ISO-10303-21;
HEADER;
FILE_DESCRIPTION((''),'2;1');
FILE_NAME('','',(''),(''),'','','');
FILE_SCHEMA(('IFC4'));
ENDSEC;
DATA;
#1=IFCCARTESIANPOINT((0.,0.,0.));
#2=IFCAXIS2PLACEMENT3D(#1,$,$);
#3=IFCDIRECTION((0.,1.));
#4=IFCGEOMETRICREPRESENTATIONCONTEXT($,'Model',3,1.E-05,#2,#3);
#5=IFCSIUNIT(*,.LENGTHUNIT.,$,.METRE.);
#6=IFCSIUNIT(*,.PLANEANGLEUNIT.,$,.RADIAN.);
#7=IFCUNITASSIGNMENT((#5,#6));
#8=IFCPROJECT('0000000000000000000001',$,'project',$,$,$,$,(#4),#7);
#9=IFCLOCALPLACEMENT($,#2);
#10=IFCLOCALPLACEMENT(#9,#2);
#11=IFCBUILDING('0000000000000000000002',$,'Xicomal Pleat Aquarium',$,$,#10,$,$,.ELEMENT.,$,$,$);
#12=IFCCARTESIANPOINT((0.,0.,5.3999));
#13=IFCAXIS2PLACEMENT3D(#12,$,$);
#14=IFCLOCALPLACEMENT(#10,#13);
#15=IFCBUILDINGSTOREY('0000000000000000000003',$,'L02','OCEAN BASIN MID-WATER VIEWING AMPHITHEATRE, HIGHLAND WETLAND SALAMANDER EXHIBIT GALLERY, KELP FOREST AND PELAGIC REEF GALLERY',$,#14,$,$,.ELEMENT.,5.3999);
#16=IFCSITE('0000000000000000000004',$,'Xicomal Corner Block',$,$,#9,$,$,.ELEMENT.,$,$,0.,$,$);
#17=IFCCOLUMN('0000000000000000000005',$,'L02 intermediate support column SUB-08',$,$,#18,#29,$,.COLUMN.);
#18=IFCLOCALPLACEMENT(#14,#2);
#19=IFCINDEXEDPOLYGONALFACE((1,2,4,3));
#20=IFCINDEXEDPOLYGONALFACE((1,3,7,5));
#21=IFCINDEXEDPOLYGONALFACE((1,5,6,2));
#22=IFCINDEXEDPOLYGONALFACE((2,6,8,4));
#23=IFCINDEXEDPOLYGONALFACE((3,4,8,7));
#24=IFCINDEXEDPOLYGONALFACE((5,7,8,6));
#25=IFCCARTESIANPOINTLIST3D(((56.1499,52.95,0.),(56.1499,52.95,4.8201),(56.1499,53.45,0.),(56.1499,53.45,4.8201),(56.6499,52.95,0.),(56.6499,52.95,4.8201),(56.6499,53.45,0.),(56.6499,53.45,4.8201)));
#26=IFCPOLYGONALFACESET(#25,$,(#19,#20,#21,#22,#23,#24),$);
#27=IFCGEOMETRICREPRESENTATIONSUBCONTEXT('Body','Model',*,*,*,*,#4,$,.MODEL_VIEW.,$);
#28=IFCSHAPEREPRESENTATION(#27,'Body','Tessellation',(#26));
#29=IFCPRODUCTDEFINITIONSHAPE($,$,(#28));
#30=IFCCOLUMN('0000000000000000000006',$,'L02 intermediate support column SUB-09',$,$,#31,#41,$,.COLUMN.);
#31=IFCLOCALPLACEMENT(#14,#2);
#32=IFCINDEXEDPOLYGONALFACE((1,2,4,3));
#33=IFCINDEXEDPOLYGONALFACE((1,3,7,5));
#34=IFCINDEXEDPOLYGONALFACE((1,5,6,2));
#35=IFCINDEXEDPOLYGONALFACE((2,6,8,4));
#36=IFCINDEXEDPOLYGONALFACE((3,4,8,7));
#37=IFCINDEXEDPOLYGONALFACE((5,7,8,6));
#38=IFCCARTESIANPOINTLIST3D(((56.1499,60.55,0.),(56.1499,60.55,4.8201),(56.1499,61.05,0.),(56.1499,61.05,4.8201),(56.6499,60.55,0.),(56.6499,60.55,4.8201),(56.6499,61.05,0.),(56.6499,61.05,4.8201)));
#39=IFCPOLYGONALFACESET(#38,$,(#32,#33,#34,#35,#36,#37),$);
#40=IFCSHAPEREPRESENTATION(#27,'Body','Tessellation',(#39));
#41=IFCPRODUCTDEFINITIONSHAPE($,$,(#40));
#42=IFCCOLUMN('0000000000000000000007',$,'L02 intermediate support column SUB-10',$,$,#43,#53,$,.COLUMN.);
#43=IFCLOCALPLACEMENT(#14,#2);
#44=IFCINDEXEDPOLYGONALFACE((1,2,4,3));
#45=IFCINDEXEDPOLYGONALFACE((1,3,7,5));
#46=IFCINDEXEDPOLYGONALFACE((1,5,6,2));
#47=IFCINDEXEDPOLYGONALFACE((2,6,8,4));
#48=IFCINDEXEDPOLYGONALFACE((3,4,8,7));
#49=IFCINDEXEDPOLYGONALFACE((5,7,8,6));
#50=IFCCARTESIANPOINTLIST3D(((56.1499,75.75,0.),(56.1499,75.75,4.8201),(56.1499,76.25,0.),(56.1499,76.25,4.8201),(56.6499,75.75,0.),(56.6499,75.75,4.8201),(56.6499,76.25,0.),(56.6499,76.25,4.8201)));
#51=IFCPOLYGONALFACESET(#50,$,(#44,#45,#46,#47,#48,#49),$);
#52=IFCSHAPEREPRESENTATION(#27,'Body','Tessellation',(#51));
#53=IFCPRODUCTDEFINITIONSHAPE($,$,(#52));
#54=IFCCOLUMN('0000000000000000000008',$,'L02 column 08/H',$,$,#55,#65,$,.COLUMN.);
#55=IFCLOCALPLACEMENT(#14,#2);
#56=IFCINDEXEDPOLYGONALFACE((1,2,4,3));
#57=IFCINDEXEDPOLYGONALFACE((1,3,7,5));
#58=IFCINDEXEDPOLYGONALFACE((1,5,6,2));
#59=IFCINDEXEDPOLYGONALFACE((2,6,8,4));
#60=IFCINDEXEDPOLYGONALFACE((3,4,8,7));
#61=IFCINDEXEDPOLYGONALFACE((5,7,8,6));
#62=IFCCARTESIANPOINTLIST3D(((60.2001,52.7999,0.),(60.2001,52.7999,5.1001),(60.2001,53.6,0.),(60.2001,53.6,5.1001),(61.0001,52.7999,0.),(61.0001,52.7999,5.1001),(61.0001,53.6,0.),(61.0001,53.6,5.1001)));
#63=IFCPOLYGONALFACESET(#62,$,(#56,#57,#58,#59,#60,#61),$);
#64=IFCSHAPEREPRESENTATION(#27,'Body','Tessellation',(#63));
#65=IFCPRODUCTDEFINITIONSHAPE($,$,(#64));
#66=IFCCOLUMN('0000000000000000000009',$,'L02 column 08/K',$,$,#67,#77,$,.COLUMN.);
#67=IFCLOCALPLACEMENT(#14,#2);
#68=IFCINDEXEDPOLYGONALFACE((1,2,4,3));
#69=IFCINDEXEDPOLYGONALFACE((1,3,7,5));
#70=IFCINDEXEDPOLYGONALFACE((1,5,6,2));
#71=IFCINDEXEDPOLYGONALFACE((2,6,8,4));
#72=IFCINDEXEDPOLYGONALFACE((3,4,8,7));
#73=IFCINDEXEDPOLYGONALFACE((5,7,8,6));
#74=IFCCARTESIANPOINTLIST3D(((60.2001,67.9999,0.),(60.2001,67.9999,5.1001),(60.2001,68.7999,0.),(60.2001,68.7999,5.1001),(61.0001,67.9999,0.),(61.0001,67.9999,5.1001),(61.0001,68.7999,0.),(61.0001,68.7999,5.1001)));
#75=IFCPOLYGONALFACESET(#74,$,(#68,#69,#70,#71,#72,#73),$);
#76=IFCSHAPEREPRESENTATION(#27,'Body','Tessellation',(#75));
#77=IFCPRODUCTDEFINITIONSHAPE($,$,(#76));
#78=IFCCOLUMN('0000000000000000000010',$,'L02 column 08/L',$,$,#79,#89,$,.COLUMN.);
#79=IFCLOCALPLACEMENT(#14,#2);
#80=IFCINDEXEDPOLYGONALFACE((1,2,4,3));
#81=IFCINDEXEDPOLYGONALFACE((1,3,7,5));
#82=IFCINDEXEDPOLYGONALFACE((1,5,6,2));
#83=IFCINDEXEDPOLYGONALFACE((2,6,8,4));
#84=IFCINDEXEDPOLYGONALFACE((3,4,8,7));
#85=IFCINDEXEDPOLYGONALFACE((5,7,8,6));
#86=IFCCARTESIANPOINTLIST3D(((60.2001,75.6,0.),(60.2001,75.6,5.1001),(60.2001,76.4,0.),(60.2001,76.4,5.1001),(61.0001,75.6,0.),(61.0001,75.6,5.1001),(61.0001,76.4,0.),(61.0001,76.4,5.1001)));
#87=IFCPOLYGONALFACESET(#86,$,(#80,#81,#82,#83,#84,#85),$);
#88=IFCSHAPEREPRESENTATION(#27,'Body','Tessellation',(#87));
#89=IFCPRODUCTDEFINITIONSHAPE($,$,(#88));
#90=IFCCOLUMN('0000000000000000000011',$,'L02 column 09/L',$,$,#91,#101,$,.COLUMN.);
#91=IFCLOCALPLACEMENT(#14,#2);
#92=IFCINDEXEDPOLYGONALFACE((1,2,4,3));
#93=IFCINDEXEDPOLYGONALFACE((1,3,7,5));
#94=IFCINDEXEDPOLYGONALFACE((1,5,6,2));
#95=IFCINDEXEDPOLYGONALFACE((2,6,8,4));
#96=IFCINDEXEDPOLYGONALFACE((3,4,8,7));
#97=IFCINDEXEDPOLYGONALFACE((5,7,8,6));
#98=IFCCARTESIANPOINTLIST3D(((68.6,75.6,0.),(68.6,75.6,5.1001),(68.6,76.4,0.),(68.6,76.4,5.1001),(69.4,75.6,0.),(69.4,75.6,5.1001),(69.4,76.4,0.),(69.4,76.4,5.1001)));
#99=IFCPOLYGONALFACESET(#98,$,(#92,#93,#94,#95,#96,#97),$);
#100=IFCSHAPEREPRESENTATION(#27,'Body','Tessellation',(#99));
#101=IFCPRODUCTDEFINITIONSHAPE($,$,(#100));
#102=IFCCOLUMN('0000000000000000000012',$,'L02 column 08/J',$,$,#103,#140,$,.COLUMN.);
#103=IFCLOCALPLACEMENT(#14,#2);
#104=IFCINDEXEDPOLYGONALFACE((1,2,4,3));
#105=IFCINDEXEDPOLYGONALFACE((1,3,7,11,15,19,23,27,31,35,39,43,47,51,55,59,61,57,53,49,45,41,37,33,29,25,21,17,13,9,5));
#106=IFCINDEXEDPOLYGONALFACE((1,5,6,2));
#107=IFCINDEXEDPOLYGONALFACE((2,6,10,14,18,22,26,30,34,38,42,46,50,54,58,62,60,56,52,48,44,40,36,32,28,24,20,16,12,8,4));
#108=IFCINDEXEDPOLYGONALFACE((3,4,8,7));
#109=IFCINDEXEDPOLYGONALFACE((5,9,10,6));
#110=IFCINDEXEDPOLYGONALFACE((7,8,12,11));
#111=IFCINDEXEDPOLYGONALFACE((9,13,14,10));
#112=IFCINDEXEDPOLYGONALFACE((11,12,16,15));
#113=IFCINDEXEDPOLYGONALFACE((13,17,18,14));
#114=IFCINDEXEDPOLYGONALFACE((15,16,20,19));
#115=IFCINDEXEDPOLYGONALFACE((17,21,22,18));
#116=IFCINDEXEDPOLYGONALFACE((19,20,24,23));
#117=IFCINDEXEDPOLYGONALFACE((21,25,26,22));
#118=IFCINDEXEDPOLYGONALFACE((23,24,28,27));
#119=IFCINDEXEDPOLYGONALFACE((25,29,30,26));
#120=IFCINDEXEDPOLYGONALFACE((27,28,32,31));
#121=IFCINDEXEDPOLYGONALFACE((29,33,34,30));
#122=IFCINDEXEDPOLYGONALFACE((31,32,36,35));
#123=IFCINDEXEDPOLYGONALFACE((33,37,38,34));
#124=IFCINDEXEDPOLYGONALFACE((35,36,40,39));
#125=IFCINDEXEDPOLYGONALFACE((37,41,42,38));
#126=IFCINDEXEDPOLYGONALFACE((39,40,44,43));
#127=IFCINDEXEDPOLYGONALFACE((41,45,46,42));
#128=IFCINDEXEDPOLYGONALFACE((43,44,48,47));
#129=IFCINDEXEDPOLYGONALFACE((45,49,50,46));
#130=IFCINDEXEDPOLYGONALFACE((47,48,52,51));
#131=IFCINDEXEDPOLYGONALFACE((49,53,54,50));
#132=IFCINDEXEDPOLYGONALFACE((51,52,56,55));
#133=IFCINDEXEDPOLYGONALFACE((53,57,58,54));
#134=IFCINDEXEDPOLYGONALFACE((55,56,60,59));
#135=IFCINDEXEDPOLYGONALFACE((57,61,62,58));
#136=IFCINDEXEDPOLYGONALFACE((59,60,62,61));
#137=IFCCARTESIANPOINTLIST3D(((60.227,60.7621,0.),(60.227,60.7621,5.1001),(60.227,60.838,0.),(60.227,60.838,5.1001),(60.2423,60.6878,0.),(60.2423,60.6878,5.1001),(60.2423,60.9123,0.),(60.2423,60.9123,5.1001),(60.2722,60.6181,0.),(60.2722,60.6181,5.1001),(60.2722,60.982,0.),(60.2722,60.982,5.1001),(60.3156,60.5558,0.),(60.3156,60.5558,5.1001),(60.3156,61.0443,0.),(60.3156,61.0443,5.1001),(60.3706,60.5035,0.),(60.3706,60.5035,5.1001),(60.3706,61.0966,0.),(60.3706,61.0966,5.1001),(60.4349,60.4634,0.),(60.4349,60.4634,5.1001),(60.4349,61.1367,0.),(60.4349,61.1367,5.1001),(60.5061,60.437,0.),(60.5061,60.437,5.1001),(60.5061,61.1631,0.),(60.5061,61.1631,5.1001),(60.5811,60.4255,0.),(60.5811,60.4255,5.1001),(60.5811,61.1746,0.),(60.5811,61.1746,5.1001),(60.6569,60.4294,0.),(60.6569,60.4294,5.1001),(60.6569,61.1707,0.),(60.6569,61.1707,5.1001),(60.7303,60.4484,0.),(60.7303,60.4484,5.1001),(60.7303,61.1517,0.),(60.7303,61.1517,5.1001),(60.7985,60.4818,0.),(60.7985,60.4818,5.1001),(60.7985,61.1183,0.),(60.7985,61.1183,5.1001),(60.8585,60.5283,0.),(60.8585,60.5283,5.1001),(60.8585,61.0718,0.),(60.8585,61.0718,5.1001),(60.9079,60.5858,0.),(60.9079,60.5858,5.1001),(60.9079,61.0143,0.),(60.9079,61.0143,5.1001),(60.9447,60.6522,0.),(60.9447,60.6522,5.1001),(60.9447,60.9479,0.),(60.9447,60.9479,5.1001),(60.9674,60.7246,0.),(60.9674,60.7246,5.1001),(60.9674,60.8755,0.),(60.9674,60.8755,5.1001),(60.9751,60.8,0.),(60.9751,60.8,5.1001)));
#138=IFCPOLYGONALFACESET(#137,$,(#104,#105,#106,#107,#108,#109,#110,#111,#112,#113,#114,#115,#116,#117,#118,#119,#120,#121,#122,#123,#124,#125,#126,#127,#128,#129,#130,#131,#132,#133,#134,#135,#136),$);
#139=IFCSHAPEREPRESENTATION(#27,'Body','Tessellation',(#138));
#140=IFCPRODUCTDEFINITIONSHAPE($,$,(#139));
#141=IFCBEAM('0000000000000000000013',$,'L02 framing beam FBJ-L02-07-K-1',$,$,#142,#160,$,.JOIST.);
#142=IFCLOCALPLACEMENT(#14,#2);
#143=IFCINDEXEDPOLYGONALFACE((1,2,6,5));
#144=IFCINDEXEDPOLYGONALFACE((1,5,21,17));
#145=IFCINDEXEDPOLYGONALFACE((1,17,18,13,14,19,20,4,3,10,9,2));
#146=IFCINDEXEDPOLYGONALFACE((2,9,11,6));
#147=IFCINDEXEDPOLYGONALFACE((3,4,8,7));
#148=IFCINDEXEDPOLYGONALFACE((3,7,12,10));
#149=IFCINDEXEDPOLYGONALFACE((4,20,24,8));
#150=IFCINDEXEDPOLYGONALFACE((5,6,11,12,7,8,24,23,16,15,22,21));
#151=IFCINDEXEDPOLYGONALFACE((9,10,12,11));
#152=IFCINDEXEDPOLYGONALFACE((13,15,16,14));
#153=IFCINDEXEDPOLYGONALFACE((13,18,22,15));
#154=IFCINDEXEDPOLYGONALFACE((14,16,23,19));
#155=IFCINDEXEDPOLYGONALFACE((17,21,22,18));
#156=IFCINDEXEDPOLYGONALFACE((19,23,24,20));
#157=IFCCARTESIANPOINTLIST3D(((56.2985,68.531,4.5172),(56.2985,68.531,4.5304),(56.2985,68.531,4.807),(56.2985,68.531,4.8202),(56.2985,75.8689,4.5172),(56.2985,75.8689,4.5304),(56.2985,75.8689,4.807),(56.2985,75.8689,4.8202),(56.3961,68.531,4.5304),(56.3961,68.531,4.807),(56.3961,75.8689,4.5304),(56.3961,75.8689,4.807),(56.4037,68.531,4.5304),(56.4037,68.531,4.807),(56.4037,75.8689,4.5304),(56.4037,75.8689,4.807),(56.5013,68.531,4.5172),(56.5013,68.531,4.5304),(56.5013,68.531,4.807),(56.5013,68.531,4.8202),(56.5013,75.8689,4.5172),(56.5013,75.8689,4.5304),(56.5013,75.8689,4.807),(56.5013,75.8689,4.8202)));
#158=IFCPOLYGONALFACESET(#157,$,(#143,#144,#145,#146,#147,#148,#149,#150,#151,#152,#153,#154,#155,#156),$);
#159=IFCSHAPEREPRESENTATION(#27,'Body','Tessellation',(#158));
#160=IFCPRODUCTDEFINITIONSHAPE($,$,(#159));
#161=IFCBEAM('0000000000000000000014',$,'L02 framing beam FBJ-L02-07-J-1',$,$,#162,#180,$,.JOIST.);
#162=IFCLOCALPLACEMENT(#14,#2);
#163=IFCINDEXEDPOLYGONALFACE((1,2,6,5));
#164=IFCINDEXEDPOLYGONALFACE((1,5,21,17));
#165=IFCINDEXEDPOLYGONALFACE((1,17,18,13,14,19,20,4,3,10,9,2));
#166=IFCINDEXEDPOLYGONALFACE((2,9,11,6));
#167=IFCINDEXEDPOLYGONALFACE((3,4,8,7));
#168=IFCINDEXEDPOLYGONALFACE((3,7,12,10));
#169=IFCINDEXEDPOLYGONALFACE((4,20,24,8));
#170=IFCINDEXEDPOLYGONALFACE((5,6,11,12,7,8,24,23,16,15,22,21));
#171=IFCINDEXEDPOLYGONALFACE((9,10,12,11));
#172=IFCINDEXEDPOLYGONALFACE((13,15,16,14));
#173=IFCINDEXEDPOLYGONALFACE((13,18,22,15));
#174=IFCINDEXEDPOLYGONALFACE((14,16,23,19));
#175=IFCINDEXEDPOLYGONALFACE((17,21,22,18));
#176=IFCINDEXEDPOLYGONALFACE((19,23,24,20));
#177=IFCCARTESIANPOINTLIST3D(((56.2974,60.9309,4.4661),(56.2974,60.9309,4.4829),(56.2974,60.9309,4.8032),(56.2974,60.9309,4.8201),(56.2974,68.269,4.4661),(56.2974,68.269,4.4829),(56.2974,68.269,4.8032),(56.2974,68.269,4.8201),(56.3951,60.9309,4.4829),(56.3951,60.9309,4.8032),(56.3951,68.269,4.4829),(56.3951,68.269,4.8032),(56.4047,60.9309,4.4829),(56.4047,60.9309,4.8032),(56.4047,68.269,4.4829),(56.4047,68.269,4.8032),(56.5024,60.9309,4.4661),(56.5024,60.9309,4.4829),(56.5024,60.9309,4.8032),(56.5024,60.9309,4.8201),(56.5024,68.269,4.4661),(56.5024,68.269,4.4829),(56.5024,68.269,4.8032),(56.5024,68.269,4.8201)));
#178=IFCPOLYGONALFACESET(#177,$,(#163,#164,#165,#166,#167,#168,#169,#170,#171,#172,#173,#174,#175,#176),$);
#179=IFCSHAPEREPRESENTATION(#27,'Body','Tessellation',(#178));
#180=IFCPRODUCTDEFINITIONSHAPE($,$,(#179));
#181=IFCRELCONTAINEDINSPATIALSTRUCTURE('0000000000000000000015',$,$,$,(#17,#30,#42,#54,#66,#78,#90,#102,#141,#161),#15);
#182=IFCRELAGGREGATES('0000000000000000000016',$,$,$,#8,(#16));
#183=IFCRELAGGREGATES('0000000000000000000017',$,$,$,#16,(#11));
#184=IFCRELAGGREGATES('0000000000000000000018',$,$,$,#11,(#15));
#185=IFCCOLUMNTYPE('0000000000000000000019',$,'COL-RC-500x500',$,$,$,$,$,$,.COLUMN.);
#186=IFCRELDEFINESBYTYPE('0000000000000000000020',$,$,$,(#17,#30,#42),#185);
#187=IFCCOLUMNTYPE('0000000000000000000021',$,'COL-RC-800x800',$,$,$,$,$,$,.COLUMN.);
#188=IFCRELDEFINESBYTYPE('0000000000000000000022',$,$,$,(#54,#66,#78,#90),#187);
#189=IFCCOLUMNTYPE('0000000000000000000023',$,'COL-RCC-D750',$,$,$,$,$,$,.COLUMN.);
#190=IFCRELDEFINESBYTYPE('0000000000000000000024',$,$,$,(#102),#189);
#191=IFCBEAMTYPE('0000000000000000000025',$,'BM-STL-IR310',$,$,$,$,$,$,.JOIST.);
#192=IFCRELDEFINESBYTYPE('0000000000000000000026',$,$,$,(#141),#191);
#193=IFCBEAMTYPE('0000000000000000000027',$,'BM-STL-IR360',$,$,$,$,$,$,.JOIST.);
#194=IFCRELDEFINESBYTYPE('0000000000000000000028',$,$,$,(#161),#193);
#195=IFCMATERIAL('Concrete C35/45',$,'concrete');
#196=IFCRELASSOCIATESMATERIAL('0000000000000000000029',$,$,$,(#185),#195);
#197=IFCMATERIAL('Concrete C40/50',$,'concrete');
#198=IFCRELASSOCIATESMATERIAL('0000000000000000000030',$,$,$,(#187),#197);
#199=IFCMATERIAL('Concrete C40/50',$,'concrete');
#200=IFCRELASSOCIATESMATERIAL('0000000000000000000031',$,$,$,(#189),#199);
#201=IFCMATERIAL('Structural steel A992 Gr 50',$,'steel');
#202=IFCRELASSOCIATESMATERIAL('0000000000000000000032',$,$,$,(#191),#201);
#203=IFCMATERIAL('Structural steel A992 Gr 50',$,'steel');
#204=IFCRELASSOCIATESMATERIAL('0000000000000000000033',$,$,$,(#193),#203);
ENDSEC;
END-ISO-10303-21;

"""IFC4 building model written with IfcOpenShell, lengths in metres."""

from ifc_helpers import new_model, si_unit, direction, frame, origin, origin_2d, place, context, subcontext, project, spatial, rectangle, circle, i_section, extrude, material, material_profile, profile_set, type_object, element, save


model = new_model("IFC4")

# Units and contexts
model_context = context("Model", 3, precision=1e-05, world=origin(), true_north=direction((0.0, 1.0)))
body_context = subcontext(model_context, "Body", "Model", "MODEL_VIEW")
ifc_project = project(units=[si_unit("LENGTHUNIT", "METRE"), si_unit("PLANEANGLEUNIT", "RADIAN")], contexts=[model_context])

# Site, building, storey
site_placement = place(None, origin())
site = spatial("IfcSite", under=ifc_project, at=site_placement, Name="Xicomal Corner Block", CompositionType="ELEMENT", RefElevation=0.0)
building_placement = place(site_placement, origin())
building = spatial("IfcBuilding", under=site, at=building_placement, Name="Xicomal Pleat Aquarium", CompositionType="ELEMENT")
storey_placement = place(building_placement, frame((0.0, 0.0, 5.3999)))
storey = spatial("IfcBuildingStorey", under=building, at=storey_placement, Name="L02", Description="OCEAN BASIN MID-WATER VIEWING AMPHITHEATRE, HIGHLAND WETLAND SALAMANDER EXHIBIT GALLERY, KELP FOREST AND PELAGIC REEF GALLERY", CompositionType="ELEMENT", Elevation=5.3999)

# Columns
ifc_material_1 = material(Name="Concrete C35/45", Category="concrete")
ifc_material_profile_1 = material_profile(ifc_material_1, rectangle(XDim=0.5, YDim=0.5, at=origin_2d()), Name="RC 500x500")
ifc_profile_set_1 = profile_set([ifc_material_profile_1], Name="Concrete C35/45")
column_type_1 = type_object("IfcColumnType", Name="COL-RC-500x500", PredefinedType="COLUMN", material=ifc_profile_set_1)
for number, where, z_axis, x_axis, name in (
    (1, (56.3999, 53.2, 0.0), (0.0, 0.0, 1.0), (1.0, 0.0, 0.0), "L02 intermediate support column SUB-08"),
    (2, (56.3999, 60.8, 0.0), (0.0, 0.0, 1.0), (1.0, 0.0, 0.0), "L02 intermediate support column SUB-09"),
    (3, (56.3999, 76.0, 0.0), (0.0, 0.0, 1.0), (1.0, 0.0, 0.0), "L02 intermediate support column SUB-10"),
):
    element("IfcColumn", number, at=place(storey_placement, frame(where, z_axis=z_axis, x_axis=x_axis)), inside=storey, type_object=column_type_1, Name=name, PredefinedType="COLUMN", context=body_context, shape_type="SweptSolid", body=[
        extrude(rectangle(XDim=0.5, YDim=0.5, at=origin_2d()), origin(), (0.0, 0.0, 1.0), 4.8201),
    ])
ifc_material_2 = material(Name="Concrete C40/50", Category="concrete")
ifc_material_profile_2 = material_profile(ifc_material_2, rectangle(XDim=0.8, YDim=0.8, at=origin_2d()), Name="RC 800x800")
ifc_profile_set_2 = profile_set([ifc_material_profile_2], Name="Concrete C40/50")
column_type_2 = type_object("IfcColumnType", Name="COL-RC-800x800", PredefinedType="COLUMN", material=ifc_profile_set_2)
for number, where, z_axis, x_axis, name in (
    (4, (60.6001, 53.2, 0.0), (0.0, 0.0, 1.0), (1.0, 0.0, 0.0), "L02 column 08/H"),
    (5, (60.6001, 68.3999, 0.0), (0.0, 0.0, 1.0), (1.0, 0.0, 0.0), "L02 column 08/K"),
    (6, (60.6001, 76.0, 0.0), (0.0, 0.0, 1.0), (1.0, 0.0, 0.0), "L02 column 08/L"),
    (7, (69.0, 76.0, 0.0), (0.0, 0.0, 1.0), (1.0, 0.0, 0.0), "L02 column 09/L"),
):
    element("IfcColumn", number, at=place(storey_placement, frame(where, z_axis=z_axis, x_axis=x_axis)), inside=storey, type_object=column_type_2, Name=name, PredefinedType="COLUMN", context=body_context, shape_type="SweptSolid", body=[
        extrude(rectangle(XDim=0.8, YDim=0.8, at=origin_2d()), origin(), (0.0, 0.0, 1.0), 5.1001),
    ])
ifc_material_3 = material(Name="Concrete C40/50", Category="concrete")
ifc_material_profile_3 = material_profile(ifc_material_3, circle(Radius=0.375, at=origin_2d()), Name="RCC D750")
ifc_profile_set_3 = profile_set([ifc_material_profile_3], Name="Concrete C40/50")
column_type_3 = type_object("IfcColumnType", Name="COL-RCC-D750", PredefinedType="COLUMN", material=ifc_profile_set_3)
column_placement = place(storey_placement, frame((60.6001, 60.8, 0.0), z_axis=(0.0, 0.0, 1.0), x_axis=(1.0, 0.0, 0.0)))
element("IfcColumn", 8, at=column_placement, inside=storey, type_object=column_type_3, Name="L02 column 08/J", PredefinedType="COLUMN", context=body_context, shape_type="SweptSolid", body=[
    extrude(circle(Radius=0.375, at=origin_2d()), origin(), (0.0, 0.0, 1.0), 5.1001),
])

# Beams
ifc_material_4 = material(Name="Structural steel A992 Gr 50", Category="steel")
ifc_material_profile_4 = material_profile(ifc_material_4, i_section(OverallWidth=0.2029, OverallDepth=0.303, WebThickness=0.0076, FlangeThickness=0.0132, at=origin_2d()), Name="IR 310x60")
ifc_profile_set_4 = profile_set([ifc_material_profile_4], Name="Structural steel A992 Gr 50")
beam_type_1 = type_object("IfcBeamType", Name="BM-STL-IR310", PredefinedType="JOIST", material=ifc_profile_set_4)
beam_1_placement = place(storey_placement, frame((56.3999, 68.531, 4.6687), z_axis=(0.0, 1.0, 0.0), x_axis=(-1.0, 0.0, 0.0)))
element("IfcBeam", 9, at=beam_1_placement, inside=storey, type_object=beam_type_1, Name="L02 framing beam FBJ-L02-07-K-1", PredefinedType="JOIST", context=body_context, shape_type="SweptSolid", body=[
    extrude(i_section(OverallWidth=0.2029, OverallDepth=0.303, WebThickness=0.0076, FlangeThickness=0.0132, at=origin_2d()), origin(), (0.0, 0.0, 1.0), 7.3379),
])
ifc_material_5 = material(Name="Structural steel A992 Gr 50", Category="steel")
ifc_material_profile_5 = material_profile(ifc_material_5, i_section(OverallWidth=0.2051, OverallDepth=0.354, WebThickness=0.0095, FlangeThickness=0.0168, at=origin_2d()), Name="IR 360x79")
ifc_profile_set_5 = profile_set([ifc_material_profile_5], Name="Structural steel A992 Gr 50")
beam_type_2 = type_object("IfcBeamType", Name="BM-STL-IR360", PredefinedType="JOIST", material=ifc_profile_set_5)
beam_2_placement = place(storey_placement, frame((56.3999, 60.9309, 4.6431), z_axis=(0.0, 1.0, 0.0), x_axis=(-1.0, 0.0, 0.0)))
element("IfcBeam", 10, at=beam_2_placement, inside=storey, type_object=beam_type_2, Name="L02 framing beam FBJ-L02-07-J-1", PredefinedType="JOIST", context=body_context, shape_type="SweptSolid", body=[
    extrude(i_section(OverallWidth=0.2051, OverallDepth=0.354, WebThickness=0.0095, FlangeThickness=0.0168, at=origin_2d()), origin(), (0.0, 0.0, 1.0), 7.3381),
])

save(model, "model.ifc")
